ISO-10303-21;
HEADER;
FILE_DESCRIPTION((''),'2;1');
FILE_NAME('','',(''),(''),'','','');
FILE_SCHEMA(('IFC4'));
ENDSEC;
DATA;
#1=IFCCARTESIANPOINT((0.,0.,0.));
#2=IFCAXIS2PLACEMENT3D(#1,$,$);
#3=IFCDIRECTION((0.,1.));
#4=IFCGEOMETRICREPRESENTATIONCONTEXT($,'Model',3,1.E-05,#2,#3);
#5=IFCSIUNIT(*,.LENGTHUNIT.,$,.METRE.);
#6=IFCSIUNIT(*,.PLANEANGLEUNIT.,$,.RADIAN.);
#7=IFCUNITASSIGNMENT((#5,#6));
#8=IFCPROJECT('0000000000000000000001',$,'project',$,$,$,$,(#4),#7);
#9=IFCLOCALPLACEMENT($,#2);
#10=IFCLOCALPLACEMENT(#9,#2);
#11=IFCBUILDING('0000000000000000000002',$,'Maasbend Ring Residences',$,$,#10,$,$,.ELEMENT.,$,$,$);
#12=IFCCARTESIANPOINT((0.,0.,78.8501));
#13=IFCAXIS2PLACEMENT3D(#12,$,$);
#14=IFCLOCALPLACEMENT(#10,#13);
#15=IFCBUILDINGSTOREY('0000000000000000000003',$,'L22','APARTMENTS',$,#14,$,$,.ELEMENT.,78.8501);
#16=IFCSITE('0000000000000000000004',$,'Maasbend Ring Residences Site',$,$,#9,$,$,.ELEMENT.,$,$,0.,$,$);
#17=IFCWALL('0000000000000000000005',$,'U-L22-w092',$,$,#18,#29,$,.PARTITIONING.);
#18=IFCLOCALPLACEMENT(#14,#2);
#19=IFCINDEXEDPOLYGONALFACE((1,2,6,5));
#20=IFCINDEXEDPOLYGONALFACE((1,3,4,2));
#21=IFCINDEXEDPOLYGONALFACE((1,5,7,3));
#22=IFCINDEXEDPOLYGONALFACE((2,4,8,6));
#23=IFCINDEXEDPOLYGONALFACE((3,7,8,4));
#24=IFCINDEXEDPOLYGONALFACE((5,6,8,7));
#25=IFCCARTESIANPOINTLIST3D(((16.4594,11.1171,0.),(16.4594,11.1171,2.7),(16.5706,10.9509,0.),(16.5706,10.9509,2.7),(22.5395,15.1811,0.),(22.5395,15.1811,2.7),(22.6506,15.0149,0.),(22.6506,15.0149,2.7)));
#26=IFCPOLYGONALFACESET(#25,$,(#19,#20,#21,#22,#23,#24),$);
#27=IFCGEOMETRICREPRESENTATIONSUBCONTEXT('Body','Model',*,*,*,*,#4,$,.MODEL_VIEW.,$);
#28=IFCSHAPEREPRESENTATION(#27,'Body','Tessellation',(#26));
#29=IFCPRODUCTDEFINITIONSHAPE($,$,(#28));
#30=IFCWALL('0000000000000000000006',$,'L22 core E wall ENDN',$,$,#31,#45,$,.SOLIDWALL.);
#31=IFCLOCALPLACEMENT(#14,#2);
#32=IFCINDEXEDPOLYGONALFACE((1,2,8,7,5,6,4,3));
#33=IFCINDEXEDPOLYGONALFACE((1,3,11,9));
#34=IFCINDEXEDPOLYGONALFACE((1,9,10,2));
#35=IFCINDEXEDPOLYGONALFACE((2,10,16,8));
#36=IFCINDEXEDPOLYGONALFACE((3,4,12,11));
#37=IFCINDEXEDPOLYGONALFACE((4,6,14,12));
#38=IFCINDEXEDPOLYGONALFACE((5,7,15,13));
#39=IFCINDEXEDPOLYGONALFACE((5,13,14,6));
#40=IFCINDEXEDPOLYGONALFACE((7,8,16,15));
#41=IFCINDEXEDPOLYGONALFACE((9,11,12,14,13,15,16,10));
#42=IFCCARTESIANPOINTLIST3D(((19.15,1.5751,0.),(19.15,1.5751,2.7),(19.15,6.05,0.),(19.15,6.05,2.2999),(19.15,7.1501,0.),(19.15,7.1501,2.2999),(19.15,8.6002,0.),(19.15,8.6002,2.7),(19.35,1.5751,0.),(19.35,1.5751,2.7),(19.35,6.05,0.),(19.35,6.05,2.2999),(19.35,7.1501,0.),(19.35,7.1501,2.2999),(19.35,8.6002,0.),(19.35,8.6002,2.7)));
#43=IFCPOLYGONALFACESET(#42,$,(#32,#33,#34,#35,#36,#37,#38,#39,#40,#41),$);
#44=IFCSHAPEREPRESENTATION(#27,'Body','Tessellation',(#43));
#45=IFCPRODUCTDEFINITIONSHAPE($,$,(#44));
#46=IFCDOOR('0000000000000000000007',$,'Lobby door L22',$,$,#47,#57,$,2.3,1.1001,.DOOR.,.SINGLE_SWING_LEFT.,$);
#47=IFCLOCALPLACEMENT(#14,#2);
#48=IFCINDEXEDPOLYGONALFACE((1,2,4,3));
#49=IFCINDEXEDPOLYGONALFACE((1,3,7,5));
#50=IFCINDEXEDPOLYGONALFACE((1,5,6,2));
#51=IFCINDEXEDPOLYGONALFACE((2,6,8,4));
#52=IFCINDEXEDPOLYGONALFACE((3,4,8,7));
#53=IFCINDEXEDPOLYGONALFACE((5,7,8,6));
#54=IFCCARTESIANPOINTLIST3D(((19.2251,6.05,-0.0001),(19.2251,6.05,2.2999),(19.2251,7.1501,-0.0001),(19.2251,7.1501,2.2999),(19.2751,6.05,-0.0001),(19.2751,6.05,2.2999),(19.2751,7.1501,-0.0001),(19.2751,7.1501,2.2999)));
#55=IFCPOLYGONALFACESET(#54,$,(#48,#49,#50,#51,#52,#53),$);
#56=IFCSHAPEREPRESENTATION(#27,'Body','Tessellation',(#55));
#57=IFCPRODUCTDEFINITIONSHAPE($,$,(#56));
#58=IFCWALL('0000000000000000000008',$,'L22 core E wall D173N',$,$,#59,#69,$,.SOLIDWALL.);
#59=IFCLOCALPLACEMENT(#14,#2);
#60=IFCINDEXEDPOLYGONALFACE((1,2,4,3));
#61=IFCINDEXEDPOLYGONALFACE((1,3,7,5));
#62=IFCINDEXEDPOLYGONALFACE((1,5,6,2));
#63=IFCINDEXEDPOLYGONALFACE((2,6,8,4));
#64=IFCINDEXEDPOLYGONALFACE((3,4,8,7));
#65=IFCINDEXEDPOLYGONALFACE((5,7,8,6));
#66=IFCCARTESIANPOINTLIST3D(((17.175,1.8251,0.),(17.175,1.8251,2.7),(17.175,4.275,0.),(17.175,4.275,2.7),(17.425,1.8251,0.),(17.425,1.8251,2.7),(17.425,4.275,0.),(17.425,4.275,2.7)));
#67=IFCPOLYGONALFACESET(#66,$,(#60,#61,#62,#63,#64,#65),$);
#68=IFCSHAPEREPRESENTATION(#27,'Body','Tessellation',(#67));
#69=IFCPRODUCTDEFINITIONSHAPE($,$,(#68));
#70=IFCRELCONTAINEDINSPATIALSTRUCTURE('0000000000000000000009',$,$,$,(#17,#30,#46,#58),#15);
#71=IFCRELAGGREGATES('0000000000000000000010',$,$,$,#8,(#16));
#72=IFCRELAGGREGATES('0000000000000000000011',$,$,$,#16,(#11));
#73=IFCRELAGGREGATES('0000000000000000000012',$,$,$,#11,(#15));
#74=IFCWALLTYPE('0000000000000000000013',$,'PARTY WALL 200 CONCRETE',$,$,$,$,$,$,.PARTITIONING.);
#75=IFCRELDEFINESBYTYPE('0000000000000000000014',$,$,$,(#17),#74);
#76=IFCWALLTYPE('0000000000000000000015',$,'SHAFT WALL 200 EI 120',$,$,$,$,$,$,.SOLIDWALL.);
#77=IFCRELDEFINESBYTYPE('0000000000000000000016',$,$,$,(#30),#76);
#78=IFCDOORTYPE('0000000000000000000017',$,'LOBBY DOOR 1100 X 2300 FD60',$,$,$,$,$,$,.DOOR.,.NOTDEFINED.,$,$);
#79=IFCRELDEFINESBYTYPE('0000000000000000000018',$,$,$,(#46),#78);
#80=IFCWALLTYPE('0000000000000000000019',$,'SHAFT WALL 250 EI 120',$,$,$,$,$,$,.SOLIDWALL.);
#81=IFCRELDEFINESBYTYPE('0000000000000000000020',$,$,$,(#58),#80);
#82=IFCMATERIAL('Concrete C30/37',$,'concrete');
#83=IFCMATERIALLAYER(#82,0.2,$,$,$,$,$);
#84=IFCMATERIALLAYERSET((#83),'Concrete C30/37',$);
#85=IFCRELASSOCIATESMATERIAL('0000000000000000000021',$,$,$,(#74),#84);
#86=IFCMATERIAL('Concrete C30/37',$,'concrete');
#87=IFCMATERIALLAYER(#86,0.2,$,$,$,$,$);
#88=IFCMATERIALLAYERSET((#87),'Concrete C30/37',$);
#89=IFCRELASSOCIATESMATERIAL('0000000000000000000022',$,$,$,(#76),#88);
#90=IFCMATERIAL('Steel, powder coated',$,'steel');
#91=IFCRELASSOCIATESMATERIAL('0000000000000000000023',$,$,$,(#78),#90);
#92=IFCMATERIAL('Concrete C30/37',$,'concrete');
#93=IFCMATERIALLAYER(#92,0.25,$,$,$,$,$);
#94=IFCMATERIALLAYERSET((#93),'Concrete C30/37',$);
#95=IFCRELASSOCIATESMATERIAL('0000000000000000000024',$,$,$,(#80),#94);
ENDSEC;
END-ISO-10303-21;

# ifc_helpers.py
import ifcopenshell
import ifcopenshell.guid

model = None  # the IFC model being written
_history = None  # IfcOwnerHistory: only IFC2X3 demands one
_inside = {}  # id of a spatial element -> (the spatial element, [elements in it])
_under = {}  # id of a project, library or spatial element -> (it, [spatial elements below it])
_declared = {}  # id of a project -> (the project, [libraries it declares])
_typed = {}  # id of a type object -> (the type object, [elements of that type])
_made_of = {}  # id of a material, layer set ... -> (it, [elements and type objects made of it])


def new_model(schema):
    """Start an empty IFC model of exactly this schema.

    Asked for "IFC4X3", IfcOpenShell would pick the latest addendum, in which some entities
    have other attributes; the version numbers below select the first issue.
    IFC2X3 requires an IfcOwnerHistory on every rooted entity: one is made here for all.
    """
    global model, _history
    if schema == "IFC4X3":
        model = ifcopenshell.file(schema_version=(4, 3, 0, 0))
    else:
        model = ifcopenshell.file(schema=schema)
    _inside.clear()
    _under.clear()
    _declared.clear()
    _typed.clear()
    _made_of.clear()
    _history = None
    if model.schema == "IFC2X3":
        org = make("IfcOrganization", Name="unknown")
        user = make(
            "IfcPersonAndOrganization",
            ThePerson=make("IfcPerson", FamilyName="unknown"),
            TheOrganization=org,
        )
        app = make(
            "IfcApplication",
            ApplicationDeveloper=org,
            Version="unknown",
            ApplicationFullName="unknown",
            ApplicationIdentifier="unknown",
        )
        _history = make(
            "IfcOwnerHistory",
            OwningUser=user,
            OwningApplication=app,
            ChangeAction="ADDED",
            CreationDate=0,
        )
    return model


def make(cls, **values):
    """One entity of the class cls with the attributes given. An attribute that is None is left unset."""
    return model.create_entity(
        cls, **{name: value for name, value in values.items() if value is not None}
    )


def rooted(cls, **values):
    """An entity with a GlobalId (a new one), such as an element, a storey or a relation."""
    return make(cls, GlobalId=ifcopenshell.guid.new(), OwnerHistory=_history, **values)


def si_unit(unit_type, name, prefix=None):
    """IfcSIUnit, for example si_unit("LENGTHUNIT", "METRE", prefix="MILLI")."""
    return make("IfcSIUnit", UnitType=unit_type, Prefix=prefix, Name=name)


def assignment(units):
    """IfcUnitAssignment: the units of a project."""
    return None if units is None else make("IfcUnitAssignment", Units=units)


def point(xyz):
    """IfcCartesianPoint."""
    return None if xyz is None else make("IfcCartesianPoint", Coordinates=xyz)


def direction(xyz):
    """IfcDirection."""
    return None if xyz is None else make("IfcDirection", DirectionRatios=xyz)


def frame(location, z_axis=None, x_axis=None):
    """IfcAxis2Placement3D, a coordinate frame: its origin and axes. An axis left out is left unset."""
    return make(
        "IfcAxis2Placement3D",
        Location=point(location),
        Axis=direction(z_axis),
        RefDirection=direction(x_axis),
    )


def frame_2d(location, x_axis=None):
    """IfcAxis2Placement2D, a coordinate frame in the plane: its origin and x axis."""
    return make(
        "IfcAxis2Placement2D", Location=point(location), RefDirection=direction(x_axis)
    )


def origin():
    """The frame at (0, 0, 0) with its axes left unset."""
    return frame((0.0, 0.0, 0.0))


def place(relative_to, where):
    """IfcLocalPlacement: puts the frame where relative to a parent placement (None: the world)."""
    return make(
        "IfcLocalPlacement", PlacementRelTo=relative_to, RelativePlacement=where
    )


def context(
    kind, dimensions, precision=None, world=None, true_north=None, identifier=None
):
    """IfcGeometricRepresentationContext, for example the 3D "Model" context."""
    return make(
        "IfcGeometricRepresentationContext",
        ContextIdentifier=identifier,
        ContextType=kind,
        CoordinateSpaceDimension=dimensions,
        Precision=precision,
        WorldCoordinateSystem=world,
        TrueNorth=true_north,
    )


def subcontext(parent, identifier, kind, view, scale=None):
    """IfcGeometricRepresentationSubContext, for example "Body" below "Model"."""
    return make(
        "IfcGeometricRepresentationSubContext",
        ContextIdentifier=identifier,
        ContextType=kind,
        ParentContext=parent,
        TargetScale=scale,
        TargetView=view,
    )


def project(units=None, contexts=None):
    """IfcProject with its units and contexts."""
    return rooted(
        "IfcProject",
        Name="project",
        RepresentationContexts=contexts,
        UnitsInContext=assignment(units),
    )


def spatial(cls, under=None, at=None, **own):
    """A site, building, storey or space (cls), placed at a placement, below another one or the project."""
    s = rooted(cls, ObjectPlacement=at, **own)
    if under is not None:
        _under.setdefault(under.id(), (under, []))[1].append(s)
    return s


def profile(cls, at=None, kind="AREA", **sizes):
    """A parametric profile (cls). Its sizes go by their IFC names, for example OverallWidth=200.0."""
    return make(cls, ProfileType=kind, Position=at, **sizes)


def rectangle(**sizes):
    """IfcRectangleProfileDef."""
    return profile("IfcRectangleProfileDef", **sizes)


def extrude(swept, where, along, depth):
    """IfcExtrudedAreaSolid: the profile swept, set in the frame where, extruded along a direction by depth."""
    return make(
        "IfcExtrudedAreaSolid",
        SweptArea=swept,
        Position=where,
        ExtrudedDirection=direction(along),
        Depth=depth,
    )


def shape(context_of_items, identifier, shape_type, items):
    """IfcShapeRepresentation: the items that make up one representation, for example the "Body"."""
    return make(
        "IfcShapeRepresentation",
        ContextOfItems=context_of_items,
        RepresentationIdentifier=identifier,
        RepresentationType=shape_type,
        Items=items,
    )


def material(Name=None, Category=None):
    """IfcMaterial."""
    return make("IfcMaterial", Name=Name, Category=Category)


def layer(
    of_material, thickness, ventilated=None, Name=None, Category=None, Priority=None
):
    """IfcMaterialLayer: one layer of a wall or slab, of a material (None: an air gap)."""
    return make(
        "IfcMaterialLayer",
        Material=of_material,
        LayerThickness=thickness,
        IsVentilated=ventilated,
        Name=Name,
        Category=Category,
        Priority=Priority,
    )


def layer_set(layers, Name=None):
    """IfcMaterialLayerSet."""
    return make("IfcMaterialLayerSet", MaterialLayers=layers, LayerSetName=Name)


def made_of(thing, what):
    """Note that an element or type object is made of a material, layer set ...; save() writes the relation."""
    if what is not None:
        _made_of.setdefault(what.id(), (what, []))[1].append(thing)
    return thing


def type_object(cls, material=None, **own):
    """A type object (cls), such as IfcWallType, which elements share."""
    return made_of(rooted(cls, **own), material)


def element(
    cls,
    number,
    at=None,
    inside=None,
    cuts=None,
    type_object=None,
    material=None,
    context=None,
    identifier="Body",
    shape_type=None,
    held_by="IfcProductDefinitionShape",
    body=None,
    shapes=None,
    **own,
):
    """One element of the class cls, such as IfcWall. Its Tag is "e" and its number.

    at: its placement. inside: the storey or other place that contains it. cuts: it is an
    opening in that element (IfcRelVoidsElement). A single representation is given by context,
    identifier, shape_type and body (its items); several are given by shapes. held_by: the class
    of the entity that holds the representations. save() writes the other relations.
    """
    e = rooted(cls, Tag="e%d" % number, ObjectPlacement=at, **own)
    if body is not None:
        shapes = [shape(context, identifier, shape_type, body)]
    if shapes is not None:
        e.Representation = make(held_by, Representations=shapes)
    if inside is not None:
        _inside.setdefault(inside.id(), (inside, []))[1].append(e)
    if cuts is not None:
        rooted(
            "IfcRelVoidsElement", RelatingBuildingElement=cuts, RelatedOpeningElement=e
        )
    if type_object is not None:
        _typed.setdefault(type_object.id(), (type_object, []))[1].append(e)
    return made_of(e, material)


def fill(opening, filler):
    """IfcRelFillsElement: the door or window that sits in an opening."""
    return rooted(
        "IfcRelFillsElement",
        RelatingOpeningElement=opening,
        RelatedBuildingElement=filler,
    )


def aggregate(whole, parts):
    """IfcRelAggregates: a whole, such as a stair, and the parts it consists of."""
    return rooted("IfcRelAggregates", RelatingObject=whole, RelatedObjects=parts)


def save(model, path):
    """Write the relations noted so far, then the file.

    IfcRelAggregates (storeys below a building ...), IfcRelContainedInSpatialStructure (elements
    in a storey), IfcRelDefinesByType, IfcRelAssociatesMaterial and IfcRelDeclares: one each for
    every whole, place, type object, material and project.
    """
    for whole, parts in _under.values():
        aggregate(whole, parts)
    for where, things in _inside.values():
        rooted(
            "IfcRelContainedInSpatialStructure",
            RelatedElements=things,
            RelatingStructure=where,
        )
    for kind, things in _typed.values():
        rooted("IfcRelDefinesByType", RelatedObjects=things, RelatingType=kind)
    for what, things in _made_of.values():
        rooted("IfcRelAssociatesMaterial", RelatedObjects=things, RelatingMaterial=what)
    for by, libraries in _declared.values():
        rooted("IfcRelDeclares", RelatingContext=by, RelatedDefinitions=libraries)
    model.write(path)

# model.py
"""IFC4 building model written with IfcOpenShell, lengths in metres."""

from ifc_helpers import new_model, si_unit, direction, frame, frame_2d, origin, place, context, subcontext, project, spatial, rectangle, extrude, material, layer, layer_set, type_object, element, fill, save


model = new_model("IFC4")

# Units and contexts
model_context = context("Model", 3, precision=1e-05, world=origin(), true_north=direction((0.0, 1.0)))
body_context = subcontext(model_context, "Body", "Model", "MODEL_VIEW")
ifc_project = project(units=[si_unit("LENGTHUNIT", "METRE"), si_unit("PLANEANGLEUNIT", "RADIAN")], contexts=[model_context])

# Site, building, storey
site_placement = place(None, origin())
site = spatial("IfcSite", under=ifc_project, at=site_placement, Name="Maasbend Ring Residences Site", CompositionType="ELEMENT", RefElevation=0.0)
building_placement = place(site_placement, origin())
building = spatial("IfcBuilding", under=site, at=building_placement, Name="Maasbend Ring Residences", CompositionType="ELEMENT")
storey_placement = place(building_placement, frame((0.0, 0.0, 78.8501)))
storey = spatial("IfcBuildingStorey", under=building, at=storey_placement, Name="L22", Description="APARTMENTS", CompositionType="ELEMENT", Elevation=78.8501)

# Wall
ifc_material_1 = material(Name="Concrete C30/37", Category="concrete")
ifc_layer_1 = layer(ifc_material_1, 0.2)
ifc_layer_set_1 = layer_set([ifc_layer_1], Name="Concrete C30/37")
wall_type_1 = type_object("IfcWallType", Name="PARTY WALL 200 CONCRETE", PredefinedType="PARTITIONING", material=ifc_layer_set_1)
wall_1_placement = place(storey_placement, frame((16.5149, 11.0339, 0.0), z_axis=(0.0, 0.0, 1.0), x_axis=(0.831382, 0.555701, 0.0)))
element("IfcWall", 1, at=wall_1_placement, inside=storey, type_object=wall_type_1, Name="U-L22-w092", PredefinedType="PARTITIONING", context=body_context, shape_type="SweptSolid", body=[
    extrude(rectangle(XDim=7.3132, YDim=0.2, at=frame_2d((3.6567, 0.0))), origin(), (0.0, 0.0, 1.0), 2.7),
])

# Wall, opening, door
ifc_material_2 = material(Name="Concrete C30/37", Category="concrete")
ifc_layer_2 = layer(ifc_material_2, 0.2)
ifc_layer_set_2 = layer_set([ifc_layer_2], Name="Concrete C30/37")
wall_type_2 = type_object("IfcWallType", Name="SHAFT WALL 200 EI 120", PredefinedType="SOLIDWALL", material=ifc_layer_set_2)
wall_2_placement = place(storey_placement, frame((19.25, 1.575, 0.0), z_axis=(0.0, 0.0, 1.0), x_axis=(0.0, 1.0, 0.0)))
wall_2 = element("IfcWall", 2, at=wall_2_placement, inside=storey, type_object=wall_type_2, Name="L22 core E wall ENDN", PredefinedType="SOLIDWALL", context=body_context, shape_type="SweptSolid", body=[
    extrude(rectangle(XDim=7.0251, YDim=0.2, at=frame_2d((3.5127, 0.0))), origin(), (0.0, 0.0, 1.0), 2.7),
])
opening_1_placement = place(wall_2_placement, frame((4.4751, 0.0, 0.0)))
opening_1 = element("IfcOpeningElement", 3, at=opening_1_placement, cuts=wall_2, PredefinedType="OPENING", context=body_context, shape_type="SweptSolid", body=[
    extrude(rectangle(XDim=1.1001, YDim=2.3, at=frame_2d((0.55, 1.1499))), frame((0.0, 0.1099, 0.0), z_axis=(0.0, -1.0, 0.0), x_axis=(1.0, 0.0, 0.0)), (0.0, 0.0, 1.0), 0.22),
])
ifc_material_3 = material(Name="Steel, powder coated", Category="steel")
door_type_1 = type_object("IfcDoorType", Name="LOBBY DOOR 1100 X 2300 FD60", OperationType="NOTDEFINED", PredefinedType="DOOR", material=ifc_material_3)
door_1_placement = place(opening_1_placement, origin())
door_1 = element("IfcDoor", 4, at=door_1_placement, inside=storey, type_object=door_type_1, Name="Lobby door L22", OperationType="SINGLE_SWING_LEFT", OverallHeight=2.3, OverallWidth=1.1001, PredefinedType="DOOR", context=body_context, shape_type="SweptSolid", body=[
    extrude(rectangle(XDim=1.1001, YDim=2.3, at=frame_2d((0.55, 1.1499))), frame((0.0, 0.0249, 0.0), z_axis=(0.0, -1.0, 0.0), x_axis=(1.0, 0.0, 0.0)), (0.0, 0.0, 1.0), 0.05),
])
fill(opening_1, door_1)

# Wall
ifc_material_4 = material(Name="Concrete C30/37", Category="concrete")
ifc_layer_3 = layer(ifc_material_4, 0.25)
ifc_layer_set_3 = layer_set([ifc_layer_3], Name="Concrete C30/37")
wall_type_3 = type_object("IfcWallType", Name="SHAFT WALL 250 EI 120", PredefinedType="SOLIDWALL", material=ifc_layer_set_3)
wall_3_placement = place(storey_placement, frame((17.3, 1.825, 0.0), z_axis=(0.0, 0.0, 1.0), x_axis=(0.0, 1.0, 0.0)))
element("IfcWall", 5, at=wall_3_placement, inside=storey, type_object=wall_type_3, Name="L22 core E wall D173N", PredefinedType="SOLIDWALL", context=body_context, shape_type="SweptSolid", body=[
    extrude(rectangle(XDim=2.45, YDim=0.25, at=frame_2d((1.2251, 0.0))), origin(), (0.0, 0.0, 1.0), 2.7),
])

save(model, "model.ifc")
